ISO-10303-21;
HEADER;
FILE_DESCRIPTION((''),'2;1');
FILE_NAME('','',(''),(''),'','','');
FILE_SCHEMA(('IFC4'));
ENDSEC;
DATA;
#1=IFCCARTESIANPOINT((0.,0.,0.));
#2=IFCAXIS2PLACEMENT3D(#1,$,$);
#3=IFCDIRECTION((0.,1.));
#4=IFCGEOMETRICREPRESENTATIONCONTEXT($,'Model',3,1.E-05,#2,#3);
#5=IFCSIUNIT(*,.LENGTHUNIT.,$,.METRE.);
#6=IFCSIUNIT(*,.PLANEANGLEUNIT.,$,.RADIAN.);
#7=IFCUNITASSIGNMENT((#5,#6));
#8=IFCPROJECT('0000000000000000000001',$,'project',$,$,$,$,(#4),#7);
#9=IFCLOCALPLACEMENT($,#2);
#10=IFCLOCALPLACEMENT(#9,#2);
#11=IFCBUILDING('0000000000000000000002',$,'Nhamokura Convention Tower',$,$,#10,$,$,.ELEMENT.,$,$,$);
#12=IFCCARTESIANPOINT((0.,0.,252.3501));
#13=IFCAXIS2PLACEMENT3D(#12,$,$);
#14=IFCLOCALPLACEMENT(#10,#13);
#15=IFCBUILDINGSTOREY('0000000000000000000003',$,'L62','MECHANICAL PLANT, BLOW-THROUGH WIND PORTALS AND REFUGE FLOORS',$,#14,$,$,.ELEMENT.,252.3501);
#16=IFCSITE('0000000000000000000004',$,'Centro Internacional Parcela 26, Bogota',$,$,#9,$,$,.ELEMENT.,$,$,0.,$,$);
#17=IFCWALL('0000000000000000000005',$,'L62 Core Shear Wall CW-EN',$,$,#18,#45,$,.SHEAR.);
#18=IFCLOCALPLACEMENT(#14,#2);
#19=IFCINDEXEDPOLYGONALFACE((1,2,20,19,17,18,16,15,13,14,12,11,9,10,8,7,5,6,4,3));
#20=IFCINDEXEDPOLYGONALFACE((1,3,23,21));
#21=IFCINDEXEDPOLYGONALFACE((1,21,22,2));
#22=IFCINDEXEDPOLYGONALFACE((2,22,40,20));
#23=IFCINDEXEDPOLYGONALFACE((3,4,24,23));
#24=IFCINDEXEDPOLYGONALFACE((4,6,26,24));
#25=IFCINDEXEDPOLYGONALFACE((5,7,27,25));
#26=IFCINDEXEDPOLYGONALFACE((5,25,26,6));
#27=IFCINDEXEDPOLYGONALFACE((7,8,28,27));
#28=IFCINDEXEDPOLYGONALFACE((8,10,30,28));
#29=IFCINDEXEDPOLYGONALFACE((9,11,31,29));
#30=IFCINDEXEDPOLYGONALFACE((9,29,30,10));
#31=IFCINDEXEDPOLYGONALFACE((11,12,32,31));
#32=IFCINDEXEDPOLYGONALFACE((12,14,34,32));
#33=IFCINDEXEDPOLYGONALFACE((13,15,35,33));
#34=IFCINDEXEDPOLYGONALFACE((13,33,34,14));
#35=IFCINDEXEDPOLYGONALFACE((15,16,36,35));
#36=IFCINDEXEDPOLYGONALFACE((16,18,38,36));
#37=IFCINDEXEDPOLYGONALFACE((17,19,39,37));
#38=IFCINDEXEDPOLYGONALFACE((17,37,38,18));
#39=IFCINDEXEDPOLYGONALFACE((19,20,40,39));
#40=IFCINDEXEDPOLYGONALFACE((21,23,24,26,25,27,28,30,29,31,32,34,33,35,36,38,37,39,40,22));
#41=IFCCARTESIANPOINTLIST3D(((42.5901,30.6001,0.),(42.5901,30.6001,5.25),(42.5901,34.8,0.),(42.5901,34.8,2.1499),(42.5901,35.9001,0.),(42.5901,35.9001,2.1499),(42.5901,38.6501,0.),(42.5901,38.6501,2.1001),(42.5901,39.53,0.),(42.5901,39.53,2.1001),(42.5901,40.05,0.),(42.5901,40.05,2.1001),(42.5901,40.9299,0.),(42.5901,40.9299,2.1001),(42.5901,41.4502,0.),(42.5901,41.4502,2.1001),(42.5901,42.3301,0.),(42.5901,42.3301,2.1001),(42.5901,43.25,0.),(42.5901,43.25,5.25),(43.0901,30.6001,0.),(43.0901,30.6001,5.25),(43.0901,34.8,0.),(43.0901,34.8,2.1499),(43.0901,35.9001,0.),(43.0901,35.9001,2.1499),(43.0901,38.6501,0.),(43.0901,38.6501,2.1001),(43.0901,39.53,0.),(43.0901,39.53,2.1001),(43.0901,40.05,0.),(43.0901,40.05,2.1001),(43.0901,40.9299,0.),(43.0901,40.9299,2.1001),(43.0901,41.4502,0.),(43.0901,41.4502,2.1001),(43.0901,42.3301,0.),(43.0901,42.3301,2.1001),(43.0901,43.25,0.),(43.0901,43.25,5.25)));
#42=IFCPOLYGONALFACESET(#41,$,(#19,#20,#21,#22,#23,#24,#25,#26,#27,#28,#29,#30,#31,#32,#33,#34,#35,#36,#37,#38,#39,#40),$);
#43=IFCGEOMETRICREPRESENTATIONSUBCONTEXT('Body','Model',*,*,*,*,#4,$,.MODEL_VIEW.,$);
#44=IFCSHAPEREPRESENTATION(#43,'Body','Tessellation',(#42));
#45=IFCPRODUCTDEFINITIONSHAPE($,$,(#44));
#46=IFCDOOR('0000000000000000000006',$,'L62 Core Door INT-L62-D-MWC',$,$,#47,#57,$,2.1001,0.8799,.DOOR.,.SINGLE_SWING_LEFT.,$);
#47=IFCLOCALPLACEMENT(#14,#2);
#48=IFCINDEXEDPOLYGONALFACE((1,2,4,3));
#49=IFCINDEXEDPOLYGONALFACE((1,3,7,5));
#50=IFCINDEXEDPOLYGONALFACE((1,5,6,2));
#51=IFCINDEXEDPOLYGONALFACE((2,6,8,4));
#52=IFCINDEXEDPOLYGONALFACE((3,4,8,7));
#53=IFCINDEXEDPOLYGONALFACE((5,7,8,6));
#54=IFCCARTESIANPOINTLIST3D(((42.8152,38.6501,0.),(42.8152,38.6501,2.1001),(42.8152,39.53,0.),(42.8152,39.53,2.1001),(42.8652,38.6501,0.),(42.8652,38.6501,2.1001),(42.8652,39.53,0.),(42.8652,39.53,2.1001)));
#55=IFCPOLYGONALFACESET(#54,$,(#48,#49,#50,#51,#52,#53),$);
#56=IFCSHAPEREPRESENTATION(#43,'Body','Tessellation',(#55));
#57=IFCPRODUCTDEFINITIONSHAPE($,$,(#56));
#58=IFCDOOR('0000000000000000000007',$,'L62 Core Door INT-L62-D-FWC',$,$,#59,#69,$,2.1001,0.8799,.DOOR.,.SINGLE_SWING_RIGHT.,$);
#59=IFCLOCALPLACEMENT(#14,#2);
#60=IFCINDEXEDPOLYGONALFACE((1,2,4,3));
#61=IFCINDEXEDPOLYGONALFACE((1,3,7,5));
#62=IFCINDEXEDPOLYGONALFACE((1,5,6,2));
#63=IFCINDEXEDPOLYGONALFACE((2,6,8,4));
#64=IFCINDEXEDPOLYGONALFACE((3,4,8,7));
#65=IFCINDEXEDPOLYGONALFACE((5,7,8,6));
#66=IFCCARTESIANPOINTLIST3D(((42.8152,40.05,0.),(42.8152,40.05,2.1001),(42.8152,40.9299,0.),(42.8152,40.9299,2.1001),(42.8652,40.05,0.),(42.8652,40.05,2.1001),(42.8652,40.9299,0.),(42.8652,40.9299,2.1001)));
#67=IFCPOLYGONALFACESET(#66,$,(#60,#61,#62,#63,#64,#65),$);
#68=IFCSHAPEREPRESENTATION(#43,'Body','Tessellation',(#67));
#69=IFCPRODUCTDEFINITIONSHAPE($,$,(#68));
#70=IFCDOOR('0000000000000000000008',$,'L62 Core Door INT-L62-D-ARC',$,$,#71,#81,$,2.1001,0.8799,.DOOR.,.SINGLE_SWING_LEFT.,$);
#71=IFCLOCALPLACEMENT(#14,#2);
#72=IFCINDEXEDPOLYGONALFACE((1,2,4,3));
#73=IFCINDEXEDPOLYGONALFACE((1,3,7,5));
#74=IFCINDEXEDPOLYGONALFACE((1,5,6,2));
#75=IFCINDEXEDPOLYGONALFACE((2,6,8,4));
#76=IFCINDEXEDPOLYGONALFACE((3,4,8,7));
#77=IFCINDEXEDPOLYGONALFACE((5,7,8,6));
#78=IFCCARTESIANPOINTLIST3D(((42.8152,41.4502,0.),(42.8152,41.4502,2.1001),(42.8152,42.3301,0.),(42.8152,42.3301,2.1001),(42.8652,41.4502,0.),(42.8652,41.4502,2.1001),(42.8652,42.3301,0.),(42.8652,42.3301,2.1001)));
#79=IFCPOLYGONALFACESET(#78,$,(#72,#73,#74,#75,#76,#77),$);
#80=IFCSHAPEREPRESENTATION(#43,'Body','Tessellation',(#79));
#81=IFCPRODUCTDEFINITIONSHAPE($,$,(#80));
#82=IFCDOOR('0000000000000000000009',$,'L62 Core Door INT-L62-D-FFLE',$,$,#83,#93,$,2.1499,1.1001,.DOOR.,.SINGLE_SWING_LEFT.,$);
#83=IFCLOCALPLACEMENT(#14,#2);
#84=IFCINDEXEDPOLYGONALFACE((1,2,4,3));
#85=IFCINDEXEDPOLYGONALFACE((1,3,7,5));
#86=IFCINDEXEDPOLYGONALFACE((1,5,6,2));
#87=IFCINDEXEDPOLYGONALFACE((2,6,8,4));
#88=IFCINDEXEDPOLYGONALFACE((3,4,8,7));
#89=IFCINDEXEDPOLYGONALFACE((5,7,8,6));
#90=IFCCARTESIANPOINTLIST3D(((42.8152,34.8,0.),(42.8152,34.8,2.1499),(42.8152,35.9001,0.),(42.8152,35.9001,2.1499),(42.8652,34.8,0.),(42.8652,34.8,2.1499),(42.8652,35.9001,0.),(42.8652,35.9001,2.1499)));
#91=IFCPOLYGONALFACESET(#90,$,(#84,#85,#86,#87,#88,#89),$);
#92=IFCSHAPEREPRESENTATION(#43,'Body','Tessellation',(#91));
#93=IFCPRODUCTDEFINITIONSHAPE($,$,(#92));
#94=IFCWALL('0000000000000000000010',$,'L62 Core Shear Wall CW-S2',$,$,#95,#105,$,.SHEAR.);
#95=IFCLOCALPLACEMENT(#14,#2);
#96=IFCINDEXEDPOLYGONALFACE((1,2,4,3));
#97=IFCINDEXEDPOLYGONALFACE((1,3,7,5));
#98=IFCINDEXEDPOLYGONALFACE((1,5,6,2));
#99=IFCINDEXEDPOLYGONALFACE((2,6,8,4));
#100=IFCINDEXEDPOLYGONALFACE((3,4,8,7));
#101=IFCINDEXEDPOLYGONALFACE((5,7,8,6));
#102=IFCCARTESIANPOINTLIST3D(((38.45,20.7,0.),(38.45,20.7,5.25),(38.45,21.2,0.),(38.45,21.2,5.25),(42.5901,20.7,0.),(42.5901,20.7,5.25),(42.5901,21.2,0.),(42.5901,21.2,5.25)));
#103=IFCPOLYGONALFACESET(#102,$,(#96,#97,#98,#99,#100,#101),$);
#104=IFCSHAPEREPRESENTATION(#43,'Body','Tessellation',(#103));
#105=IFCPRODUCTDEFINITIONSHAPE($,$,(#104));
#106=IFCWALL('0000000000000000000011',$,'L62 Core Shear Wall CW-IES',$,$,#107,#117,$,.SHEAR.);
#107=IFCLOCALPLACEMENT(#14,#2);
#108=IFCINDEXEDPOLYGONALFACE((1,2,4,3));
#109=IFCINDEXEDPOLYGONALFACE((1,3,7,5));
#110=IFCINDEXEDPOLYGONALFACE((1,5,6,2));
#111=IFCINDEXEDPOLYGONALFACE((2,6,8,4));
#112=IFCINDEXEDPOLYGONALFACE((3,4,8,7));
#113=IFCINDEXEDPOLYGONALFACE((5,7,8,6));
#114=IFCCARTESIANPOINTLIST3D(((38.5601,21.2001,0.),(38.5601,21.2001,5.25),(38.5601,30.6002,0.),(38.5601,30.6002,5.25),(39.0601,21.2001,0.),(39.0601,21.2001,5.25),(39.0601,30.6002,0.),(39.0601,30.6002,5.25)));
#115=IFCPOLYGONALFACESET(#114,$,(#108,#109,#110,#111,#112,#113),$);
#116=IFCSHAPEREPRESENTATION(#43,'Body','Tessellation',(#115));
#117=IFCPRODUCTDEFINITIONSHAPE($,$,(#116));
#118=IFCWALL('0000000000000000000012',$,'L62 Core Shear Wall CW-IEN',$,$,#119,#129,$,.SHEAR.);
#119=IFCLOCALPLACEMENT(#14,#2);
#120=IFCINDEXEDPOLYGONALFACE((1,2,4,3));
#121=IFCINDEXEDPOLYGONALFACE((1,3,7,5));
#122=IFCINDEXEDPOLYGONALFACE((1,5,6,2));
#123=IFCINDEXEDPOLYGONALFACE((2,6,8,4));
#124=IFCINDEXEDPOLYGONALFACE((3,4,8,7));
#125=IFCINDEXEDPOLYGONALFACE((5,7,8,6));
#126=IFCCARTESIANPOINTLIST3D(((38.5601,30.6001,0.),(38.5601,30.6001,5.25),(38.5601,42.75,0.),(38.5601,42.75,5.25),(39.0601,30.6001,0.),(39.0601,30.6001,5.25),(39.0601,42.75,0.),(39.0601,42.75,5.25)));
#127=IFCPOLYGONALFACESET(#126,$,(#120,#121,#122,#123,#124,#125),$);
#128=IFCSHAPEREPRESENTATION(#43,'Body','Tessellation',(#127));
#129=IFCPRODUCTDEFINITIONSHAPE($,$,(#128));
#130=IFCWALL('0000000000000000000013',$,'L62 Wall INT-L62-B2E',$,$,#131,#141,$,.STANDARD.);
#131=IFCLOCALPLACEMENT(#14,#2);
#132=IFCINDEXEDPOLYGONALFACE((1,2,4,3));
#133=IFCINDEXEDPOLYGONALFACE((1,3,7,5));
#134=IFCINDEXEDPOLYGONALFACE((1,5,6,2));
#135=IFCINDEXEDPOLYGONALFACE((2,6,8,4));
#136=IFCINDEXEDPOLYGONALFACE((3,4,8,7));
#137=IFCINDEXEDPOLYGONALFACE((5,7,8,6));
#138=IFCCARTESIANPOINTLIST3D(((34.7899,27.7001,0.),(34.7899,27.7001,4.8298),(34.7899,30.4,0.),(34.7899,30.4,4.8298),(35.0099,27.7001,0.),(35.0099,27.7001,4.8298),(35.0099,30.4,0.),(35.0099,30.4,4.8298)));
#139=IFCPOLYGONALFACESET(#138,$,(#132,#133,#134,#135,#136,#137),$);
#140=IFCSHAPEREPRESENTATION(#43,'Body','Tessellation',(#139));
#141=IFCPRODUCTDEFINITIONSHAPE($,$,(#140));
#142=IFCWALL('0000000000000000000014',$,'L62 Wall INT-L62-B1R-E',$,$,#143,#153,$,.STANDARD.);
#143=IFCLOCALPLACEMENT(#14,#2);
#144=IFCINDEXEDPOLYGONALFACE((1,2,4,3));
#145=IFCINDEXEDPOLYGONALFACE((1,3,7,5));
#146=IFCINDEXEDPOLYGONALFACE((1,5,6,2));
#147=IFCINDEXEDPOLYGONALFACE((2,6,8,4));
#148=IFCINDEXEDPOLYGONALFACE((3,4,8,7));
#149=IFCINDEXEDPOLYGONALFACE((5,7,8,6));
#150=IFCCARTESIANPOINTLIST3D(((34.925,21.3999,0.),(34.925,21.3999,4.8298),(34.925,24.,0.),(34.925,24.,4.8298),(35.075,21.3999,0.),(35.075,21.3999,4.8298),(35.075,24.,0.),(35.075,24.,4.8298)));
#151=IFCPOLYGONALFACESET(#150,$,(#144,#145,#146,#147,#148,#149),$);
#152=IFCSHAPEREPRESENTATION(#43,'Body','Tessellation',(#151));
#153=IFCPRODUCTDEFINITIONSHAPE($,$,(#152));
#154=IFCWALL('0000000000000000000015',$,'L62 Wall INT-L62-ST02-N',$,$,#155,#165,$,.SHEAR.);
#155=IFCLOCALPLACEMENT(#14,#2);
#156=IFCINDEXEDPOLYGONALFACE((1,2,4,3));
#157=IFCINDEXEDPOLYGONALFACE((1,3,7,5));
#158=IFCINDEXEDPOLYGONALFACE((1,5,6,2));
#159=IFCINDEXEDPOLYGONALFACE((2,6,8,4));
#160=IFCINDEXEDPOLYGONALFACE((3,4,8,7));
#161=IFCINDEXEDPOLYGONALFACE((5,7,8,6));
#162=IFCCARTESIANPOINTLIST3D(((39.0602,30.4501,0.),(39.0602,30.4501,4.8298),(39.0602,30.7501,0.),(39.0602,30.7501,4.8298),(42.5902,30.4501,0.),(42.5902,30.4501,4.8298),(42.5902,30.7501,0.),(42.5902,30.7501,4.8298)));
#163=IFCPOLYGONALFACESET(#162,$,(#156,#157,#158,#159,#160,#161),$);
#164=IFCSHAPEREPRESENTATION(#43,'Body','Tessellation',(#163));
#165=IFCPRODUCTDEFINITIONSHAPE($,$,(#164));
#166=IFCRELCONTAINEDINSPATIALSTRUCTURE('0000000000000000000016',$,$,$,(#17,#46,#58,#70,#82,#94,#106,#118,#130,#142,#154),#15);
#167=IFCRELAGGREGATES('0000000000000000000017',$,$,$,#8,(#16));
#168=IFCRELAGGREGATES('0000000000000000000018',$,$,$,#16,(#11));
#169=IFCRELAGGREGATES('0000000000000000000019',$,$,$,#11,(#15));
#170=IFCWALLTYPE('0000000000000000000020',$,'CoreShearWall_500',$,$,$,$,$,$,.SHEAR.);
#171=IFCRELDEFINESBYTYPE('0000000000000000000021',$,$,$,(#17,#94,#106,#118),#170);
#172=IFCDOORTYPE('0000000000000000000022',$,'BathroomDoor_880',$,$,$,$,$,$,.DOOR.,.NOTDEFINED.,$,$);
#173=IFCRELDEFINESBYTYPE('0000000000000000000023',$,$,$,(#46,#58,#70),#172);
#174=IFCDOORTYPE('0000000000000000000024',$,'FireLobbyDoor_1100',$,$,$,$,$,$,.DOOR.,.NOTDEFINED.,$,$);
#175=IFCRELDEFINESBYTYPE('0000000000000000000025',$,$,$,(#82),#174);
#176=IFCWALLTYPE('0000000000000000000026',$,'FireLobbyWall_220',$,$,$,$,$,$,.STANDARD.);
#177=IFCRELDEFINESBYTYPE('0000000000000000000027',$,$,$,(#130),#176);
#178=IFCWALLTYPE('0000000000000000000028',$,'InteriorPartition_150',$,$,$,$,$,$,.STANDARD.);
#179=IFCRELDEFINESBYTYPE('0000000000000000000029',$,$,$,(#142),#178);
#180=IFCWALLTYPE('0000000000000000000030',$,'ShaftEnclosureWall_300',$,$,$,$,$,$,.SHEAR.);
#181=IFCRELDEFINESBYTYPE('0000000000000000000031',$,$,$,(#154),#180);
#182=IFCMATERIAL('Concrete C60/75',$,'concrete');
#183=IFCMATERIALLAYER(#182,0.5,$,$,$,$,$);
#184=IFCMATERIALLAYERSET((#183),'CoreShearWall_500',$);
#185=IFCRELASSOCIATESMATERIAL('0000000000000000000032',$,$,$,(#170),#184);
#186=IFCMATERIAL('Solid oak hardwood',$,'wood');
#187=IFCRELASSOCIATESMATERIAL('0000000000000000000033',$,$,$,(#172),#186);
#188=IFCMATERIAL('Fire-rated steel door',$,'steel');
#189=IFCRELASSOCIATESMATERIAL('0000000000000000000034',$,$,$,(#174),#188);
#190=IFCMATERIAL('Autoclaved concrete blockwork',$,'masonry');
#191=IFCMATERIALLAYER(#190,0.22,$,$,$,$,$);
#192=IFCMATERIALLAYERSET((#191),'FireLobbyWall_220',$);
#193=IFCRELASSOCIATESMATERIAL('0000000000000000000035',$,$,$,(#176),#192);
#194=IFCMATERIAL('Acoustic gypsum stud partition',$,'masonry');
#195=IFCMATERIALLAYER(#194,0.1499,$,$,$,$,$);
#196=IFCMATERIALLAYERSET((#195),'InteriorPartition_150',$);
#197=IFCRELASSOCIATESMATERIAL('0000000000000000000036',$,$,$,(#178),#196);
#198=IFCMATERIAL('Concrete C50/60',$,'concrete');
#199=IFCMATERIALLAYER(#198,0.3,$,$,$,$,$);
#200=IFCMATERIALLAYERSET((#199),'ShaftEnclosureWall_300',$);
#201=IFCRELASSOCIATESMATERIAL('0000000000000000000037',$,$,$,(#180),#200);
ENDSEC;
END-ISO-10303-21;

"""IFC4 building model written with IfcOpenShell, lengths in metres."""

from ifc_helpers import new_model, si_unit, direction, frame, frame_2d, origin, place, context, subcontext, project, spatial, rectangle, extrude, material, layer, layer_set, type_object, element, fill, save


model = new_model("IFC4")

# Units and contexts
model_context = context("Model", 3, precision=1e-05, world=origin(), true_north=direction((0.0, 1.0)))
body_context = subcontext(model_context, "Body", "Model", "MODEL_VIEW")
ifc_project = project(units=[si_unit("LENGTHUNIT", "METRE"), si_unit("PLANEANGLEUNIT", "RADIAN")], contexts=[model_context])

# Site, building, storey
site_placement = place(None, origin())
site = spatial("IfcSite", under=ifc_project, at=site_placement, Name="Centro Internacional Parcela 26, Bogota", CompositionType="ELEMENT", RefElevation=0.0)
building_placement = place(site_placement, origin())
building = spatial("IfcBuilding", under=site, at=building_placement, Name="Nhamokura Convention Tower", CompositionType="ELEMENT")
storey_placement = place(building_placement, frame((0.0, 0.0, 252.3501)))
storey = spatial("IfcBuildingStorey", under=building, at=storey_placement, Name="L62", Description="MECHANICAL PLANT, BLOW-THROUGH WIND PORTALS AND REFUGE FLOORS", CompositionType="ELEMENT", Elevation=252.3501)

# Wall, openings, doors
ifc_material_1 = material(Name="Concrete C60/75", Category="concrete")
ifc_layer_1 = layer(ifc_material_1, 0.5)
ifc_layer_set_1 = layer_set([ifc_layer_1], Name="CoreShearWall_500")
wall_type_1 = type_object("IfcWallType", Name="CoreShearWall_500", PredefinedType="SHEAR", material=ifc_layer_set_1)
wall_1_placement = place(storey_placement, frame((42.8401, 30.6001, 0.0), z_axis=(0.0, 0.0, 1.0), x_axis=(0.0, 1.0, 0.0)))
wall_1 = element("IfcWall", 1, at=wall_1_placement, inside=storey, type_object=wall_type_1, Name="L62 Core Shear Wall CW-EN", PredefinedType="SHEAR", context=body_context, shape_type="SweptSolid", body=[
    extrude(rectangle(XDim=12.6499, YDim=0.5, at=frame_2d((6.325, 0.0))), origin(), (0.0, 0.0, 1.0), 5.25),
])
opening_1_placement = place(wall_1_placement, frame((4.2, 0.0, 0.0)))
opening_1 = element("IfcOpeningElement", 2, at=opening_1_placement, cuts=wall_1, PredefinedType="OPENING", context=body_context, shape_type="SweptSolid", body=[
    extrude(rectangle(XDim=1.1001, YDim=2.1499, at=frame_2d((0.55, 1.075))), frame((0.0, 0.26, 0.0), z_axis=(0.0, -1.0, 0.0), x_axis=(1.0, 0.0, 0.0)), (0.0, 0.0, 1.0), 0.52),
])
opening_2_placement = place(wall_1_placement, frame((8.05, 0.0, 0.0)))
opening_2 = element("IfcOpeningElement", 3, at=opening_2_placement, cuts=wall_1, PredefinedType="OPENING", context=body_context, shape_type="SweptSolid", body=[
    extrude(rectangle(XDim=0.8799, YDim=2.1001, at=frame_2d((0.4399, 1.05))), frame((0.0, 0.26, 0.0), z_axis=(0.0, -1.0, 0.0), x_axis=(1.0, 0.0, 0.0)), (0.0, 0.0, 1.0), 0.52),
])
opening_3_placement = place(wall_1_placement, frame((9.45, 0.0, 0.0)))
opening_3 = element("IfcOpeningElement", 4, at=opening_3_placement, cuts=wall_1, PredefinedType="OPENING", context=body_context, shape_type="SweptSolid", body=[
    extrude(rectangle(XDim=0.8799, YDim=2.1001, at=frame_2d((0.4399, 1.05))), frame((0.0, 0.26, 0.0), z_axis=(0.0, -1.0, 0.0), x_axis=(1.0, 0.0, 0.0)), (0.0, 0.0, 1.0), 0.52),
])
opening_4_placement = place(wall_1_placement, frame((10.8501, 0.0, 0.0)))
opening_4 = element("IfcOpeningElement", 5, at=opening_4_placement, cuts=wall_1, PredefinedType="OPENING", context=body_context, shape_type="SweptSolid", body=[
    extrude(rectangle(XDim=0.8799, YDim=2.1001, at=frame_2d((0.4399, 1.05))), frame((0.0, 0.26, 0.0), z_axis=(0.0, -1.0, 0.0), x_axis=(1.0, 0.0, 0.0)), (0.0, 0.0, 1.0), 0.52),
])
ifc_material_2 = material(Name="Solid oak hardwood", Category="wood")
door_type_1 = type_object("IfcDoorType", Name="BathroomDoor_880", OperationType="NOTDEFINED", PredefinedType="DOOR", material=ifc_material_2)
door_1_placement = place(opening_2_placement, origin())
door_1 = element("IfcDoor", 6, at=door_1_placement, inside=storey, type_object=door_type_1, Name="L62 Core Door INT-L62-D-MWC", OperationType="SINGLE_SWING_LEFT", OverallHeight=2.1001, OverallWidth=0.8799, PredefinedType="DOOR", context=body_context, shape_type="SweptSolid", body=[
    extrude(rectangle(XDim=0.8799, YDim=2.1001, at=frame_2d((0.4399, 1.05))), frame((0.0, 0.0249, 0.0), z_axis=(0.0, -1.0, 0.0), x_axis=(1.0, 0.0, 0.0)), (0.0, 0.0, 1.0), 0.05),
])
fill(opening_2, door_1)
door_2_placement = place(opening_3_placement, origin())
door_2 = element("IfcDoor", 7, at=door_2_placement, inside=storey, type_object=door_type_1, Name="L62 Core Door INT-L62-D-FWC", OperationType="SINGLE_SWING_RIGHT", OverallHeight=2.1001, OverallWidth=0.8799, PredefinedType="DOOR", context=body_context, shape_type="SweptSolid", body=[
    extrude(rectangle(XDim=0.8799, YDim=2.1001, at=frame_2d((0.4399, 1.05))), frame((0.0, 0.0249, 0.0), z_axis=(0.0, -1.0, 0.0), x_axis=(1.0, 0.0, 0.0)), (0.0, 0.0, 1.0), 0.05),
])
fill(opening_3, door_2)
door_3_placement = place(opening_4_placement, origin())
door_3 = element("IfcDoor", 8, at=door_3_placement, inside=storey, type_object=door_type_1, Name="L62 Core Door INT-L62-D-ARC", OperationType="SINGLE_SWING_LEFT", OverallHeight=2.1001, OverallWidth=0.8799, PredefinedType="DOOR", context=body_context, shape_type="SweptSolid", body=[
    extrude(rectangle(XDim=0.8799, YDim=2.1001, at=frame_2d((0.4399, 1.05))), frame((0.0, 0.0249, 0.0), z_axis=(0.0, -1.0, 0.0), x_axis=(1.0, 0.0, 0.0)), (0.0, 0.0, 1.0), 0.05),
])
fill(opening_4, door_3)
ifc_material_3 = material(Name="Fire-rated steel door", Category="steel")
door_type_2 = type_object("IfcDoorType", Name="FireLobbyDoor_1100", OperationType="NOTDEFINED", PredefinedType="DOOR", material=ifc_material_3)
door_4_placement = place(opening_1_placement, origin())
door_4 = element("IfcDoor", 9, at=door_4_placement, inside=storey, type_object=door_type_2, Name="L62 Core Door INT-L62-D-FFLE", OperationType="SINGLE_SWING_LEFT", OverallHeight=2.1499, OverallWidth=1.1001, PredefinedType="DOOR", context=body_context, shape_type="SweptSolid", body=[
    extrude(rectangle(XDim=1.1001, YDim=2.1499, at=frame_2d((0.55, 1.075))), frame((0.0, 0.0249, 0.0), z_axis=(0.0, -1.0, 0.0), x_axis=(1.0, 0.0, 0.0)), (0.0, 0.0, 1.0), 0.05),
])
fill(opening_1, door_4)

# Walls
wall_2_placement = place(storey_placement, frame((38.45, 20.95, 0.0), z_axis=(0.0, 0.0, 1.0), x_axis=(1.0, 0.0, 0.0)))
element("IfcWall", 10, at=wall_2_placement, inside=storey, type_object=wall_type_1, Name="L62 Core Shear Wall CW-S2", PredefinedType="SHEAR", context=body_context, shape_type="SweptSolid", body=[
    extrude(rectangle(XDim=4.1401, YDim=0.5, at=frame_2d((2.0701, 0.0))), origin(), (0.0, 0.0, 1.0), 5.25),
])
wall_3_placement = place(storey_placement, frame((38.8101, 21.2, 0.0), z_axis=(0.0, 0.0, 1.0), x_axis=(0.0, 1.0, 0.0)))
element("IfcWall", 11, at=wall_3_placement, inside=storey, type_object=wall_type_1, Name="L62 Core Shear Wall CW-IES", PredefinedType="SHEAR", context=body_context, shape_type="SweptSolid", body=[
    extrude(rectangle(XDim=9.4001, YDim=0.5, at=frame_2d((4.7002, 0.0))), origin(), (0.0, 0.0, 1.0), 5.25),
])
wall_4_placement = place(storey_placement, frame((38.8101, 30.6001, 0.0), z_axis=(0.0, 0.0, 1.0), x_axis=(0.0, 1.0, 0.0)))
element("IfcWall", 12, at=wall_4_placement, inside=storey, type_object=wall_type_1, Name="L62 Core Shear Wall CW-IEN", PredefinedType="SHEAR", context=body_context, shape_type="SweptSolid", body=[
    extrude(rectangle(XDim=12.1499, YDim=0.5, at=frame_2d((6.075, 0.0))), origin(), (0.0, 0.0, 1.0), 5.25),
])

# Shared definitions
ifc_material_4 = material(Name="Autoclaved concrete blockwork", Category="masonry")
ifc_layer_2 = layer(ifc_material_4, 0.22)
ifc_layer_set_2 = layer_set([ifc_layer_2], Name="FireLobbyWall_220")
wall_type_2 = type_object("IfcWallType", Name="FireLobbyWall_220", PredefinedType="STANDARD", material=ifc_layer_set_2)

# Walls
wall_5_placement = place(storey_placement, frame((34.8999, 27.7, 0.0), z_axis=(0.0, 0.0, 1.0), x_axis=(0.0, 1.0, 0.0)))
element("IfcWall", 13, at=wall_5_placement, inside=storey, type_object=wall_type_2, Name="L62 Wall INT-L62-B2E", PredefinedType="STANDARD", context=body_context, shape_type="SweptSolid", body=[
    extrude(rectangle(XDim=2.7, YDim=0.22, at=frame_2d((1.3501, 0.0))), origin(), (0.0, 0.0, 1.0), 4.8298),
])
ifc_material_5 = material(Name="Acoustic gypsum stud partition", Category="masonry")
ifc_layer_3 = layer(ifc_material_5, 0.1499)
ifc_layer_set_3 = layer_set([ifc_layer_3], Name="InteriorPartition_150")
wall_type_3 = type_object("IfcWallType", Name="InteriorPartition_150", PredefinedType="STANDARD", material=ifc_layer_set_3)
wall_6_placement = place(storey_placement, frame((35.0, 21.3999, 0.0), z_axis=(0.0, 0.0, 1.0), x_axis=(0.0, 1.0, 0.0)))
element("IfcWall", 14, at=wall_6_placement, inside=storey, type_object=wall_type_3, Name="L62 Wall INT-L62-B1R-E", PredefinedType="STANDARD", context=body_context, shape_type="SweptSolid", body=[
    extrude(rectangle(XDim=2.6001, YDim=0.1499, at=frame_2d((1.3, 0.0))), origin(), (0.0, 0.0, 1.0), 4.8298),
])
ifc_material_6 = material(Name="Concrete C50/60", Category="concrete")
ifc_layer_4 = layer(ifc_material_6, 0.3)
ifc_layer_set_4 = layer_set([ifc_layer_4], Name="ShaftEnclosureWall_300")
wall_type_4 = type_object("IfcWallType", Name="ShaftEnclosureWall_300", PredefinedType="SHEAR", material=ifc_layer_set_4)
wall_7_placement = place(storey_placement, frame((39.0601, 30.6001, 0.0), z_axis=(0.0, 0.0, 1.0), x_axis=(1.0, 0.0, 0.0)))
element("IfcWall", 15, at=wall_7_placement, inside=storey, type_object=wall_type_4, Name="L62 Wall INT-L62-ST02-N", PredefinedType="SHEAR", context=body_context, shape_type="SweptSolid", body=[
    extrude(rectangle(XDim=3.53, YDim=0.3, at=frame_2d((1.7651, 0.0))), origin(), (0.0, 0.0, 1.0), 4.8298),
])

save(model, "model.ifc")
